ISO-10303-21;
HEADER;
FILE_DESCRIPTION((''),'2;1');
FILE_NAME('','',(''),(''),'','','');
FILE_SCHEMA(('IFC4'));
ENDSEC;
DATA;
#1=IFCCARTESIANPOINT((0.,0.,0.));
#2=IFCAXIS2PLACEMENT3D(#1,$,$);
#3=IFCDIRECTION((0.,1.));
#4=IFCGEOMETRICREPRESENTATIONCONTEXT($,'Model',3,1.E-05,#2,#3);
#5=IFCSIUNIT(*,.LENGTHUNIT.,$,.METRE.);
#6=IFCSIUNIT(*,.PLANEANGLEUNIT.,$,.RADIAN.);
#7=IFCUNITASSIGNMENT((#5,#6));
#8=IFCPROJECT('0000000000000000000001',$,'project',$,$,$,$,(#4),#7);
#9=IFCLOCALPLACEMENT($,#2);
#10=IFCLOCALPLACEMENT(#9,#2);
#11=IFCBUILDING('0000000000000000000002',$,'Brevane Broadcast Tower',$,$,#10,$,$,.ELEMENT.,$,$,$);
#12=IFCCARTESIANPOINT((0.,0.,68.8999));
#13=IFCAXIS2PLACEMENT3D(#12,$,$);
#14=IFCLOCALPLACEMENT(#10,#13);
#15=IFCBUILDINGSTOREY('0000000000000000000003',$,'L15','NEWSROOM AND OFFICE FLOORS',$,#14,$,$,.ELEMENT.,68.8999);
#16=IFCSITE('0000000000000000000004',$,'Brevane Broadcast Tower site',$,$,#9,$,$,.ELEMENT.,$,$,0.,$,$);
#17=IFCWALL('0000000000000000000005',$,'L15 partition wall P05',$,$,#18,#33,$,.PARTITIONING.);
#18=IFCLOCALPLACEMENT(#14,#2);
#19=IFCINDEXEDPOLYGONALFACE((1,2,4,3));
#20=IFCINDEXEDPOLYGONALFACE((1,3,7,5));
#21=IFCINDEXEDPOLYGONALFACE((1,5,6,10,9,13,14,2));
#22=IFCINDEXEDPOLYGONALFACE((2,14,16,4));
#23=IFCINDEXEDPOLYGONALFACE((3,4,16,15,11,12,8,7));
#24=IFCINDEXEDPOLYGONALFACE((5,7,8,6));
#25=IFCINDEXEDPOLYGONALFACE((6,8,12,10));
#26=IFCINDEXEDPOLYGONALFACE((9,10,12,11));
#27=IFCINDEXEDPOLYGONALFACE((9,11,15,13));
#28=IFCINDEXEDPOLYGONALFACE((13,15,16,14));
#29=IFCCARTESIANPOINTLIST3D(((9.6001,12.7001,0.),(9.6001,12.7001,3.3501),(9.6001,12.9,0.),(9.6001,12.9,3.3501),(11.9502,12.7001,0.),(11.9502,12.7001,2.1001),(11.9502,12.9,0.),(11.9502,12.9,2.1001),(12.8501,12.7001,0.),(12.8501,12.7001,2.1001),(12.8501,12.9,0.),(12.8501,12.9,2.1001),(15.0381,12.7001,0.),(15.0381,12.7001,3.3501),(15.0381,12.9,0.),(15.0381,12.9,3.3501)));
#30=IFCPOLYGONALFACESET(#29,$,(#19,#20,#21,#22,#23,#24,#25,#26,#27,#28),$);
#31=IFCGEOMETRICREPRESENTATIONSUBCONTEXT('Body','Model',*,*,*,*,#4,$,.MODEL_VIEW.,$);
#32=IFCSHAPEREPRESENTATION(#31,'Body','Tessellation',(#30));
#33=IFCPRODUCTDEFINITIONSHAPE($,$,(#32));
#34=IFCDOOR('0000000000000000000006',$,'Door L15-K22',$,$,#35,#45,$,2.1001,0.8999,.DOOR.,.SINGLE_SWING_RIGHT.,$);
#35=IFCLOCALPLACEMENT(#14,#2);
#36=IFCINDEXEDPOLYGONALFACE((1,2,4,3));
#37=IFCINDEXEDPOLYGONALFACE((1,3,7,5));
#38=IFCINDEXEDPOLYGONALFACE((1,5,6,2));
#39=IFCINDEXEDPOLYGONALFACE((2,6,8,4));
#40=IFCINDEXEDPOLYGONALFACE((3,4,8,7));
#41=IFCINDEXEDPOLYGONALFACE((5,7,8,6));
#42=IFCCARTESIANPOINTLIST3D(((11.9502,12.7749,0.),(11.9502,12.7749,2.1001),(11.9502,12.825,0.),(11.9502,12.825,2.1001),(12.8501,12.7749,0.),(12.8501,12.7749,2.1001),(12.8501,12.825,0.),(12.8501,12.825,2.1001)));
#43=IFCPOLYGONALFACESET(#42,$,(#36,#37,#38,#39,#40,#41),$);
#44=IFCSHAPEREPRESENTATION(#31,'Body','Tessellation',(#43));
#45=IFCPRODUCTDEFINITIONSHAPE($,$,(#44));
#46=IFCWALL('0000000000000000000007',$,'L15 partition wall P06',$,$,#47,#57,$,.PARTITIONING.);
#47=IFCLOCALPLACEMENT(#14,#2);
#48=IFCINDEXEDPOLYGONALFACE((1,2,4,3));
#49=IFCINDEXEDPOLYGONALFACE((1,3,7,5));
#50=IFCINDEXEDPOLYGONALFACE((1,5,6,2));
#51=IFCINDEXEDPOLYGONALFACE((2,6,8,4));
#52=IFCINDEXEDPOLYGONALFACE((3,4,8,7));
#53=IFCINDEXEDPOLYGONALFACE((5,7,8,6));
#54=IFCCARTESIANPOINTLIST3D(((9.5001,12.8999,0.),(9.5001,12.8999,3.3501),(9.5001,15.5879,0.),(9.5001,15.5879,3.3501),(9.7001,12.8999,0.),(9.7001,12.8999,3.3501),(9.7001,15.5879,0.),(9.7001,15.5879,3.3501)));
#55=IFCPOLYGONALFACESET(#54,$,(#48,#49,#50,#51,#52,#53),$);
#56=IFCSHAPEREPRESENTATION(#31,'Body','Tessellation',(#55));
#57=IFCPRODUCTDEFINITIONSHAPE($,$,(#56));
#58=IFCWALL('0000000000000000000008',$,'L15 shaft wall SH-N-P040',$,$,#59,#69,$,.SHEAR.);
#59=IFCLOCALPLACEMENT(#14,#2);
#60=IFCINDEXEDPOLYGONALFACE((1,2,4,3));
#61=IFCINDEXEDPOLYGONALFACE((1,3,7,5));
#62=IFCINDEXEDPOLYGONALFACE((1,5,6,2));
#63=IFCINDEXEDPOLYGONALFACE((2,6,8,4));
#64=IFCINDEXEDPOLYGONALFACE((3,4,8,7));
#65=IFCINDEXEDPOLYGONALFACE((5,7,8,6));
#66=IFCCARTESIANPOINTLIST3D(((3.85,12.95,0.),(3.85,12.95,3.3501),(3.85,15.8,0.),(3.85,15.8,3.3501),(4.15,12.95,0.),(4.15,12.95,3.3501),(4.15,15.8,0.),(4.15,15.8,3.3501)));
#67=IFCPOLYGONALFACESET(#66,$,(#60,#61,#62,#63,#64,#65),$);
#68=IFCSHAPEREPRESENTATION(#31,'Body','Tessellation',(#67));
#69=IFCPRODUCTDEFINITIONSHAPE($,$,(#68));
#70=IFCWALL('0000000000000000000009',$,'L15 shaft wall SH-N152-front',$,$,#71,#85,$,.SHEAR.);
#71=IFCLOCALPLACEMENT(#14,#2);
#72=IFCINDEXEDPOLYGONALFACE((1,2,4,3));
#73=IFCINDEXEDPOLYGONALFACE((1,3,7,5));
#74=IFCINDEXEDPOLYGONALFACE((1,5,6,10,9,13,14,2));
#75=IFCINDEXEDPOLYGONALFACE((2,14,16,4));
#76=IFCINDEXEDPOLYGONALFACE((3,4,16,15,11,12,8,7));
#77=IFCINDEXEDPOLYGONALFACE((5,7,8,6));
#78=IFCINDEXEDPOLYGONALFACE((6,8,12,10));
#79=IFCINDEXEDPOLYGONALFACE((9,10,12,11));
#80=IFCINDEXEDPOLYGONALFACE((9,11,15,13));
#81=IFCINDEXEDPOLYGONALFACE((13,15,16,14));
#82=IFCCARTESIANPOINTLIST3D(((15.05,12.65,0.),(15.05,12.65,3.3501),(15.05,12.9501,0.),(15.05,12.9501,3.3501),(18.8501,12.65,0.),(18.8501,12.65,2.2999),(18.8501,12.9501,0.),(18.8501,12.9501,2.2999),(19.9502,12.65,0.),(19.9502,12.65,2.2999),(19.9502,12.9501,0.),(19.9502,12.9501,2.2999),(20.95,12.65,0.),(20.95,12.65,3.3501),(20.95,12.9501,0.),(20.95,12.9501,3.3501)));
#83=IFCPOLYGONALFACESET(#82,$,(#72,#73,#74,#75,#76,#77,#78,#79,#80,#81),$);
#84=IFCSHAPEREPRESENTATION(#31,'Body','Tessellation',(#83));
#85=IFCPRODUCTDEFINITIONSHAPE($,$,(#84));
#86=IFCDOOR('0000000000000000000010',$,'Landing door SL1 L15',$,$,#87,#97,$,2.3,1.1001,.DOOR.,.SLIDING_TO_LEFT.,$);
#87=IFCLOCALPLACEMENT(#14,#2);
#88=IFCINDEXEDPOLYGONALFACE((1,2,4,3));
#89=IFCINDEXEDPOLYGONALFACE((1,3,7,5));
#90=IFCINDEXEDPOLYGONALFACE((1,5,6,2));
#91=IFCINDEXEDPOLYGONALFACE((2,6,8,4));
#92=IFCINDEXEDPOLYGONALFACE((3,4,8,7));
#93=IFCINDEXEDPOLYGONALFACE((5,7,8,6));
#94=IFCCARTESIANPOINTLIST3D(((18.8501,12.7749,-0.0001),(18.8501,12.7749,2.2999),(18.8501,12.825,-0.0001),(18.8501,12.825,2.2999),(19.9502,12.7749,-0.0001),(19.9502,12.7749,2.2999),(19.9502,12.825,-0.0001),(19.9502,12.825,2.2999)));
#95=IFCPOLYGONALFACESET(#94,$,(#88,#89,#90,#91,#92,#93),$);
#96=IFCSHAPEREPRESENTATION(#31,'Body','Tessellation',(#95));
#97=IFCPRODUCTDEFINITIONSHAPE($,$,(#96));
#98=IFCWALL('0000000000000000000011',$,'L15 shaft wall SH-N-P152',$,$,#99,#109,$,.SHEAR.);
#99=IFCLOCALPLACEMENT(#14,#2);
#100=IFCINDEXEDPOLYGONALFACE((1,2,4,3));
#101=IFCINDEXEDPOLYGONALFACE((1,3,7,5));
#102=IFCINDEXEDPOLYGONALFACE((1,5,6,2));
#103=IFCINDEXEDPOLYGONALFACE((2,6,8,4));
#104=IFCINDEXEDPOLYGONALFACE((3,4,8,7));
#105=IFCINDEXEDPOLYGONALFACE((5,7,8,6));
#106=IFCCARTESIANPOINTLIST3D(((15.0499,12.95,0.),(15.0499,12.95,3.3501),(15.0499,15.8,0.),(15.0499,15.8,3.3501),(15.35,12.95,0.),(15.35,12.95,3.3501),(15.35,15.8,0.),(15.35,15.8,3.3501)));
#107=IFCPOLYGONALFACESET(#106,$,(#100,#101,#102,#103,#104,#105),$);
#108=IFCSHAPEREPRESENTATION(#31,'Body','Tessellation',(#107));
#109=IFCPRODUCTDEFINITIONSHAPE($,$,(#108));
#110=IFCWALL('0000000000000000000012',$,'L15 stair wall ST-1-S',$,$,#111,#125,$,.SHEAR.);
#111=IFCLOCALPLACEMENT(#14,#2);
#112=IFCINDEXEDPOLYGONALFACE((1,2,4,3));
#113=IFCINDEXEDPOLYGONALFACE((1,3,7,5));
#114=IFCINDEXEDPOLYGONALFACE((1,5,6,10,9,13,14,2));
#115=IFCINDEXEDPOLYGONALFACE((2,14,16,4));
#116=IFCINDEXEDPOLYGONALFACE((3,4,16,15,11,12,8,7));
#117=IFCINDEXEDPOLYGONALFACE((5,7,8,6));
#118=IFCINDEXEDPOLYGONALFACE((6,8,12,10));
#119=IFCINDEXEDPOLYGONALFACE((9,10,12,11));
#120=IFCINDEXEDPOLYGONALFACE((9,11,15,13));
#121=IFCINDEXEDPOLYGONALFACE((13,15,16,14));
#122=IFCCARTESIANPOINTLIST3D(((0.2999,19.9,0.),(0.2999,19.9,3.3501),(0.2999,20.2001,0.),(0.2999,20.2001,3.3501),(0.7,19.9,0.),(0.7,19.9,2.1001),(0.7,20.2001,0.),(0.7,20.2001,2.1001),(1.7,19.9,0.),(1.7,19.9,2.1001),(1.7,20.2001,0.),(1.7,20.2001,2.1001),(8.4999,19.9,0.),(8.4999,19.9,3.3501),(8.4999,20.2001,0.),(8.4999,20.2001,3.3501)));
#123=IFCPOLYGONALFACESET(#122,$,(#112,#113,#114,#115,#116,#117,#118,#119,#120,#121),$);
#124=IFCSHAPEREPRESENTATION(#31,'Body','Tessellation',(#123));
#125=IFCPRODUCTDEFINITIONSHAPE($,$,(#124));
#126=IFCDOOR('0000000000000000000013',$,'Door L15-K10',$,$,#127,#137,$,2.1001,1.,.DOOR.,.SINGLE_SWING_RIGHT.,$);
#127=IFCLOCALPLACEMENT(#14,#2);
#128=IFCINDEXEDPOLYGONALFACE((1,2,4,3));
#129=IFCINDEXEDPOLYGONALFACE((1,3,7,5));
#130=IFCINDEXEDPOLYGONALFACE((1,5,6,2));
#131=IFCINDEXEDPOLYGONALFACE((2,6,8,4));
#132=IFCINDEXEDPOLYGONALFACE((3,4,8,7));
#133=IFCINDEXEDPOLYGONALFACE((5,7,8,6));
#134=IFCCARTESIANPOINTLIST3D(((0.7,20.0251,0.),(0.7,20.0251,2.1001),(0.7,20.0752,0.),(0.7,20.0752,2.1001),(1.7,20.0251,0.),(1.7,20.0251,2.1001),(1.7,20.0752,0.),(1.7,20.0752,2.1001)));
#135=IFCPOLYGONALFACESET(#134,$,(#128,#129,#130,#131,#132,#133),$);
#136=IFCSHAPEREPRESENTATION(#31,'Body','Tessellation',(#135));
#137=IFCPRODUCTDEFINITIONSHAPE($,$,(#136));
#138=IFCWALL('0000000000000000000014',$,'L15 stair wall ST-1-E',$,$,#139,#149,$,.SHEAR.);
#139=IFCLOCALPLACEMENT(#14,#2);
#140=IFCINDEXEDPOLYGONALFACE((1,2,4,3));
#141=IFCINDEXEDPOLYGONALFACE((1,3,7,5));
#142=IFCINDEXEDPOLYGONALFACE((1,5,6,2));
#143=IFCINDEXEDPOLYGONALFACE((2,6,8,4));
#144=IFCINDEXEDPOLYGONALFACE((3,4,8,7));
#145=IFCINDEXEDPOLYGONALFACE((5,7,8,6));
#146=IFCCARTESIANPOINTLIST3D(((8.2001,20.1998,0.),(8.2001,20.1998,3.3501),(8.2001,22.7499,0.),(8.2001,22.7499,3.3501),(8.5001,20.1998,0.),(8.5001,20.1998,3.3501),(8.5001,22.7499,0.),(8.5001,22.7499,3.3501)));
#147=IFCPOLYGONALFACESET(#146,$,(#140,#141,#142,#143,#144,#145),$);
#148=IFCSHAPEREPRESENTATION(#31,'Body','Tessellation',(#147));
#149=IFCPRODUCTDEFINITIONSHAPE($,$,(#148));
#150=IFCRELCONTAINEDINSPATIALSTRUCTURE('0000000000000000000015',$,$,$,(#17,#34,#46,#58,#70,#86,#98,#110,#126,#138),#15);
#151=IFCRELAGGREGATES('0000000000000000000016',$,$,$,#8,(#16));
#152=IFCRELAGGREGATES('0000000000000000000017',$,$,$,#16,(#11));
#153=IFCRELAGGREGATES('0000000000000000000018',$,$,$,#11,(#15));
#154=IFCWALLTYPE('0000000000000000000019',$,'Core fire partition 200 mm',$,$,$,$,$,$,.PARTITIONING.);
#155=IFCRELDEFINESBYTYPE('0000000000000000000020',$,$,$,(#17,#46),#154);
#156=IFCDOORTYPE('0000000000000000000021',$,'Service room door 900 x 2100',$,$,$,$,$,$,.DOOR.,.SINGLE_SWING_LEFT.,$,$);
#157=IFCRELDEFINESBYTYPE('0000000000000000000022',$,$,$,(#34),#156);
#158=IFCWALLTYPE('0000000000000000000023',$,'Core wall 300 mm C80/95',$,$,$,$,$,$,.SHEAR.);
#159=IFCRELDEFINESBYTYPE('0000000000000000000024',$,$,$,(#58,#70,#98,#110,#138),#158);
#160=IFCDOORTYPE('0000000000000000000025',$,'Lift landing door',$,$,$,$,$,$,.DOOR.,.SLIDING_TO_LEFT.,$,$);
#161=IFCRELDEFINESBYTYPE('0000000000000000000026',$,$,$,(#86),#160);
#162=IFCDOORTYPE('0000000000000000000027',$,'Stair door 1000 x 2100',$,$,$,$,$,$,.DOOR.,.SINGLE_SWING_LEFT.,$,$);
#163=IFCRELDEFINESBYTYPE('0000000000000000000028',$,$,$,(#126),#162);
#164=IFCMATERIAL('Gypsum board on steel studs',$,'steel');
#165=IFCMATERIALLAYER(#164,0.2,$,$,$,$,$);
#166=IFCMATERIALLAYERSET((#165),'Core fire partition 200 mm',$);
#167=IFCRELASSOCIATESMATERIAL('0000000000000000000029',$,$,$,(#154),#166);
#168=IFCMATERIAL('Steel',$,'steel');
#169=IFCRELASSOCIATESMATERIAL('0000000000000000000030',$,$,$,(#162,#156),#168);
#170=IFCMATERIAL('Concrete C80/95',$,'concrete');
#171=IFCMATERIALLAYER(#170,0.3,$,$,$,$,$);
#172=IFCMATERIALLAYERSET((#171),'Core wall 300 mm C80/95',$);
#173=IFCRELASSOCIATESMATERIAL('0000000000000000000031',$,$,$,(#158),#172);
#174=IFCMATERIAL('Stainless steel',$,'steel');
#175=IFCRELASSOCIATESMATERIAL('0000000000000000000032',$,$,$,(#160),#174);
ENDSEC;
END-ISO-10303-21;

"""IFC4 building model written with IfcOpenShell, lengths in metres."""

from ifc_helpers import new_model, si_unit, direction, frame, frame_2d, origin, place, context, subcontext, project, spatial, rectangle, extrude, material, layer, layer_set, type_object, element, fill, save


model = new_model("IFC4")

# Units and contexts
model_context = context("Model", 3, precision=1e-05, world=origin(), true_north=direction((0.0, 1.0)))
body_context = subcontext(model_context, "Body", "Model", "MODEL_VIEW")
ifc_project = project(units=[si_unit("LENGTHUNIT", "METRE"), si_unit("PLANEANGLEUNIT", "RADIAN")], contexts=[model_context])

# Site, building, storey
site_placement = place(None, origin())
site = spatial("IfcSite", under=ifc_project, at=site_placement, Name="Brevane Broadcast Tower site", CompositionType="ELEMENT", RefElevation=0.0)
building_placement = place(site_placement, origin())
building = spatial("IfcBuilding", under=site, at=building_placement, Name="Brevane Broadcast Tower", CompositionType="ELEMENT")
storey_placement = place(building_placement, frame((0.0, 0.0, 68.8999)))
storey = spatial("IfcBuildingStorey", under=building, at=storey_placement, Name="L15", Description="NEWSROOM AND OFFICE FLOORS", CompositionType="ELEMENT", Elevation=68.8999)

# Shared definitions
ifc_material_1 = material(Name="Gypsum board on steel studs", Category="steel")
ifc_material_2 = material(Name="Steel", Category="steel")

# Wall, opening, door
ifc_layer_1 = layer(ifc_material_1, 0.2)
ifc_layer_set_1 = layer_set([ifc_layer_1], Name="Core fire partition 200 mm")
wall_type_1 = type_object("IfcWallType", Name="Core fire partition 200 mm", PredefinedType="PARTITIONING", material=ifc_layer_set_1)
door_type_1 = type_object("IfcDoorType", Name="Stair door 1000 x 2100", OperationType="SINGLE_SWING_LEFT", PredefinedType="DOOR", material=ifc_material_2)
door_type_2 = type_object("IfcDoorType", Name="Service room door 900 x 2100", OperationType="SINGLE_SWING_LEFT", PredefinedType="DOOR", material=ifc_material_2)
wall_1_placement = place(storey_placement, frame((9.6001, 12.8, 0.0), z_axis=(0.0, 0.0, 1.0), x_axis=(1.0, 0.0, 0.0)))
wall_1 = element("IfcWall", 1, at=wall_1_placement, inside=storey, type_object=wall_type_1, Name="L15 partition wall P05", PredefinedType="PARTITIONING", context=body_context, shape_type="SweptSolid", body=[
    extrude(rectangle(XDim=5.438, YDim=0.2, at=frame_2d((2.719, 0.0))), origin(), (0.0, 0.0, 1.0), 3.3501),
])
opening_1_placement = place(wall_1_placement, frame((2.3501, 0.0, 0.0)))
opening_1 = element("IfcOpeningElement", 2, at=opening_1_placement, cuts=wall_1, PredefinedType="OPENING", context=body_context, shape_type="SweptSolid", body=[
    extrude(rectangle(XDim=0.8999, YDim=2.1001, at=frame_2d((0.45, 1.05))), frame((0.0, 0.1099, 0.0), z_axis=(0.0, -1.0, 0.0), x_axis=(1.0, 0.0, 0.0)), (0.0, 0.0, 1.0), 0.22),
])
door_1_placement = place(opening_1_placement, origin())
door_1 = element("IfcDoor", 3, at=door_1_placement, inside=storey, type_object=door_type_2, Name="Door L15-K22", OperationType="SINGLE_SWING_RIGHT", OverallHeight=2.1001, OverallWidth=0.8999, PredefinedType="DOOR", context=body_context, shape_type="SweptSolid", body=[
    extrude(rectangle(XDim=0.8999, YDim=2.1001, at=frame_2d((0.45, 1.05))), frame((0.0, 0.0249, 0.0), z_axis=(0.0, -1.0, 0.0), x_axis=(1.0, 0.0, 0.0)), (0.0, 0.0, 1.0), 0.05),
])
fill(opening_1, door_1)

# Walls
wall_2_placement = place(storey_placement, frame((9.6001, 15.5879, 0.0), z_axis=(0.0, 0.0, 1.0), x_axis=(0.0, -1.0, 0.0)))
element("IfcWall", 4, at=wall_2_placement, inside=storey, type_object=wall_type_1, Name="L15 partition wall P06", PredefinedType="PARTITIONING", context=body_context, shape_type="SweptSolid", body=[
    extrude(rectangle(XDim=2.688, YDim=0.2, at=frame_2d((1.344, 0.0))), origin(), (0.0, 0.0, 1.0), 3.3501),
])
ifc_material_3 = material(Name="Concrete C80/95", Category="concrete")
ifc_layer_2 = layer(ifc_material_3, 0.3)
ifc_layer_set_2 = layer_set([ifc_layer_2], Name="Core wall 300 mm C80/95")
wall_type_2 = type_object("IfcWallType", Name="Core wall 300 mm C80/95", PredefinedType="SHEAR", material=ifc_layer_set_2)
wall_3_placement = place(storey_placement, frame((4.0, 12.95, 0.0), z_axis=(0.0, 0.0, 1.0), x_axis=(0.0, 1.0, 0.0)))
element("IfcWall", 5, at=wall_3_placement, inside=storey, type_object=wall_type_2, Name="L15 shaft wall SH-N-P040", PredefinedType="SHEAR", context=body_context, shape_type="SweptSolid", body=[
    extrude(rectangle(XDim=2.8501, YDim=0.3, at=frame_2d((1.425, 0.0))), origin(), (0.0, 0.0, 1.0), 3.3501),
])

# Wall, opening, door
wall_4_placement = place(storey_placement, frame((15.05, 12.8, 0.0), z_axis=(0.0, 0.0, 1.0), x_axis=(1.0, 0.0, 0.0)))
wall_4 = element("IfcWall", 6, at=wall_4_placement, inside=storey, type_object=wall_type_2, Name="L15 shaft wall SH-N152-front", PredefinedType="SHEAR", context=body_context, shape_type="SweptSolid", body=[
    extrude(rectangle(XDim=5.8999, YDim=0.3, at=frame_2d((2.95, 0.0))), origin(), (0.0, 0.0, 1.0), 3.3501),
])
opening_2_placement = place(wall_4_placement, frame((3.8, 0.0, 0.0)))
opening_2 = element("IfcOpeningElement", 7, at=opening_2_placement, cuts=wall_4, PredefinedType="OPENING", context=body_context, shape_type="SweptSolid", body=[
    extrude(rectangle(XDim=1.1001, YDim=2.3, at=frame_2d((0.55, 1.1499))), frame((0.0, 0.1599, 0.0), z_axis=(0.0, -1.0, 0.0), x_axis=(1.0, 0.0, 0.0)), (0.0, 0.0, 1.0), 0.3201),
])
ifc_material_4 = material(Name="Stainless steel", Category="steel")
door_type_3 = type_object("IfcDoorType", Name="Lift landing door", OperationType="SLIDING_TO_LEFT", PredefinedType="DOOR", material=ifc_material_4)
door_2_placement = place(opening_2_placement, origin())
door_2 = element("IfcDoor", 8, at=door_2_placement, inside=storey, type_object=door_type_3, Name="Landing door SL1 L15", OperationType="SLIDING_TO_LEFT", OverallHeight=2.3, OverallWidth=1.1001, PredefinedType="DOOR", context=body_context, shape_type="SweptSolid", body=[
    extrude(rectangle(XDim=1.1001, YDim=2.3, at=frame_2d((0.55, 1.1499))), frame((0.0, 0.0249, 0.0), z_axis=(0.0, -1.0, 0.0), x_axis=(1.0, 0.0, 0.0)), (0.0, 0.0, 1.0), 0.05),
])
fill(opening_2, door_2)

# Wall
wall_5_placement = place(storey_placement, frame((15.2, 12.95, 0.0), z_axis=(0.0, 0.0, 1.0), x_axis=(0.0, 1.0, 0.0)))
element("IfcWall", 9, at=wall_5_placement, inside=storey, type_object=wall_type_2, Name="L15 shaft wall SH-N-P152", PredefinedType="SHEAR", context=body_context, shape_type="SweptSolid", body=[
    extrude(rectangle(XDim=2.8501, YDim=0.3, at=frame_2d((1.425, 0.0))), origin(), (0.0, 0.0, 1.0), 3.3501),
])

# Wall, opening, door
wall_6_placement = place(storey_placement, frame((8.5, 20.05, 0.0), z_axis=(0.0, 0.0, 1.0), x_axis=(-1.0, 0.0, 0.0)))
wall_6 = element("IfcWall", 10, at=wall_6_placement, inside=storey, type_object=wall_type_2, Name="L15 stair wall ST-1-S", PredefinedType="SHEAR", context=body_context, shape_type="SweptSolid", body=[
    extrude(rectangle(XDim=8.2, YDim=0.3, at=frame_2d((4.1001, 0.0))), origin(), (0.0, 0.0, 1.0), 3.3501),
])
opening_3_placement = place(wall_6_placement, frame((6.8, 0.0, 0.0)))
opening_3 = element("IfcOpeningElement", 11, at=opening_3_placement, cuts=wall_6, PredefinedType="OPENING", context=body_context, shape_type="SweptSolid", body=[
    extrude(rectangle(XDim=1.0, YDim=2.1001, at=frame_2d((0.5, 1.05))), frame((0.0, 0.1599, 0.0), z_axis=(0.0, -1.0, 0.0), x_axis=(1.0, 0.0, 0.0)), (0.0, 0.0, 1.0), 0.3201),
])
door_3_placement = place(opening_3_placement, origin())
door_3 = element("IfcDoor", 12, at=door_3_placement, inside=storey, type_object=door_type_1, Name="Door L15-K10", OperationType="SINGLE_SWING_RIGHT", OverallHeight=2.1001, OverallWidth=1.0, PredefinedType="DOOR", context=body_context, shape_type="SweptSolid", body=[
    extrude(rectangle(XDim=1.0, YDim=2.1001, at=frame_2d((0.5, 1.05))), frame((0.0, 0.0249, 0.0), z_axis=(0.0, -1.0, 0.0), x_axis=(1.0, 0.0, 0.0)), (0.0, 0.0, 1.0), 0.05),
])
fill(opening_3, door_3)

# Wall
wall_7_placement = place(storey_placement, frame((8.3501, 20.2, 0.0), z_axis=(0.0, 0.0, 1.0), x_axis=(0.0, 1.0, 0.0)))
element("IfcWall", 13, at=wall_7_placement, inside=storey, type_object=wall_type_2, Name="L15 stair wall ST-1-E", PredefinedType="SHEAR", context=body_context, shape_type="SweptSolid", body=[
    extrude(rectangle(XDim=2.55, YDim=0.3, at=frame_2d((1.2749, 0.0))), origin(), (0.0, 0.0, 1.0), 3.3501),
])

save(model, "model.ifc")
